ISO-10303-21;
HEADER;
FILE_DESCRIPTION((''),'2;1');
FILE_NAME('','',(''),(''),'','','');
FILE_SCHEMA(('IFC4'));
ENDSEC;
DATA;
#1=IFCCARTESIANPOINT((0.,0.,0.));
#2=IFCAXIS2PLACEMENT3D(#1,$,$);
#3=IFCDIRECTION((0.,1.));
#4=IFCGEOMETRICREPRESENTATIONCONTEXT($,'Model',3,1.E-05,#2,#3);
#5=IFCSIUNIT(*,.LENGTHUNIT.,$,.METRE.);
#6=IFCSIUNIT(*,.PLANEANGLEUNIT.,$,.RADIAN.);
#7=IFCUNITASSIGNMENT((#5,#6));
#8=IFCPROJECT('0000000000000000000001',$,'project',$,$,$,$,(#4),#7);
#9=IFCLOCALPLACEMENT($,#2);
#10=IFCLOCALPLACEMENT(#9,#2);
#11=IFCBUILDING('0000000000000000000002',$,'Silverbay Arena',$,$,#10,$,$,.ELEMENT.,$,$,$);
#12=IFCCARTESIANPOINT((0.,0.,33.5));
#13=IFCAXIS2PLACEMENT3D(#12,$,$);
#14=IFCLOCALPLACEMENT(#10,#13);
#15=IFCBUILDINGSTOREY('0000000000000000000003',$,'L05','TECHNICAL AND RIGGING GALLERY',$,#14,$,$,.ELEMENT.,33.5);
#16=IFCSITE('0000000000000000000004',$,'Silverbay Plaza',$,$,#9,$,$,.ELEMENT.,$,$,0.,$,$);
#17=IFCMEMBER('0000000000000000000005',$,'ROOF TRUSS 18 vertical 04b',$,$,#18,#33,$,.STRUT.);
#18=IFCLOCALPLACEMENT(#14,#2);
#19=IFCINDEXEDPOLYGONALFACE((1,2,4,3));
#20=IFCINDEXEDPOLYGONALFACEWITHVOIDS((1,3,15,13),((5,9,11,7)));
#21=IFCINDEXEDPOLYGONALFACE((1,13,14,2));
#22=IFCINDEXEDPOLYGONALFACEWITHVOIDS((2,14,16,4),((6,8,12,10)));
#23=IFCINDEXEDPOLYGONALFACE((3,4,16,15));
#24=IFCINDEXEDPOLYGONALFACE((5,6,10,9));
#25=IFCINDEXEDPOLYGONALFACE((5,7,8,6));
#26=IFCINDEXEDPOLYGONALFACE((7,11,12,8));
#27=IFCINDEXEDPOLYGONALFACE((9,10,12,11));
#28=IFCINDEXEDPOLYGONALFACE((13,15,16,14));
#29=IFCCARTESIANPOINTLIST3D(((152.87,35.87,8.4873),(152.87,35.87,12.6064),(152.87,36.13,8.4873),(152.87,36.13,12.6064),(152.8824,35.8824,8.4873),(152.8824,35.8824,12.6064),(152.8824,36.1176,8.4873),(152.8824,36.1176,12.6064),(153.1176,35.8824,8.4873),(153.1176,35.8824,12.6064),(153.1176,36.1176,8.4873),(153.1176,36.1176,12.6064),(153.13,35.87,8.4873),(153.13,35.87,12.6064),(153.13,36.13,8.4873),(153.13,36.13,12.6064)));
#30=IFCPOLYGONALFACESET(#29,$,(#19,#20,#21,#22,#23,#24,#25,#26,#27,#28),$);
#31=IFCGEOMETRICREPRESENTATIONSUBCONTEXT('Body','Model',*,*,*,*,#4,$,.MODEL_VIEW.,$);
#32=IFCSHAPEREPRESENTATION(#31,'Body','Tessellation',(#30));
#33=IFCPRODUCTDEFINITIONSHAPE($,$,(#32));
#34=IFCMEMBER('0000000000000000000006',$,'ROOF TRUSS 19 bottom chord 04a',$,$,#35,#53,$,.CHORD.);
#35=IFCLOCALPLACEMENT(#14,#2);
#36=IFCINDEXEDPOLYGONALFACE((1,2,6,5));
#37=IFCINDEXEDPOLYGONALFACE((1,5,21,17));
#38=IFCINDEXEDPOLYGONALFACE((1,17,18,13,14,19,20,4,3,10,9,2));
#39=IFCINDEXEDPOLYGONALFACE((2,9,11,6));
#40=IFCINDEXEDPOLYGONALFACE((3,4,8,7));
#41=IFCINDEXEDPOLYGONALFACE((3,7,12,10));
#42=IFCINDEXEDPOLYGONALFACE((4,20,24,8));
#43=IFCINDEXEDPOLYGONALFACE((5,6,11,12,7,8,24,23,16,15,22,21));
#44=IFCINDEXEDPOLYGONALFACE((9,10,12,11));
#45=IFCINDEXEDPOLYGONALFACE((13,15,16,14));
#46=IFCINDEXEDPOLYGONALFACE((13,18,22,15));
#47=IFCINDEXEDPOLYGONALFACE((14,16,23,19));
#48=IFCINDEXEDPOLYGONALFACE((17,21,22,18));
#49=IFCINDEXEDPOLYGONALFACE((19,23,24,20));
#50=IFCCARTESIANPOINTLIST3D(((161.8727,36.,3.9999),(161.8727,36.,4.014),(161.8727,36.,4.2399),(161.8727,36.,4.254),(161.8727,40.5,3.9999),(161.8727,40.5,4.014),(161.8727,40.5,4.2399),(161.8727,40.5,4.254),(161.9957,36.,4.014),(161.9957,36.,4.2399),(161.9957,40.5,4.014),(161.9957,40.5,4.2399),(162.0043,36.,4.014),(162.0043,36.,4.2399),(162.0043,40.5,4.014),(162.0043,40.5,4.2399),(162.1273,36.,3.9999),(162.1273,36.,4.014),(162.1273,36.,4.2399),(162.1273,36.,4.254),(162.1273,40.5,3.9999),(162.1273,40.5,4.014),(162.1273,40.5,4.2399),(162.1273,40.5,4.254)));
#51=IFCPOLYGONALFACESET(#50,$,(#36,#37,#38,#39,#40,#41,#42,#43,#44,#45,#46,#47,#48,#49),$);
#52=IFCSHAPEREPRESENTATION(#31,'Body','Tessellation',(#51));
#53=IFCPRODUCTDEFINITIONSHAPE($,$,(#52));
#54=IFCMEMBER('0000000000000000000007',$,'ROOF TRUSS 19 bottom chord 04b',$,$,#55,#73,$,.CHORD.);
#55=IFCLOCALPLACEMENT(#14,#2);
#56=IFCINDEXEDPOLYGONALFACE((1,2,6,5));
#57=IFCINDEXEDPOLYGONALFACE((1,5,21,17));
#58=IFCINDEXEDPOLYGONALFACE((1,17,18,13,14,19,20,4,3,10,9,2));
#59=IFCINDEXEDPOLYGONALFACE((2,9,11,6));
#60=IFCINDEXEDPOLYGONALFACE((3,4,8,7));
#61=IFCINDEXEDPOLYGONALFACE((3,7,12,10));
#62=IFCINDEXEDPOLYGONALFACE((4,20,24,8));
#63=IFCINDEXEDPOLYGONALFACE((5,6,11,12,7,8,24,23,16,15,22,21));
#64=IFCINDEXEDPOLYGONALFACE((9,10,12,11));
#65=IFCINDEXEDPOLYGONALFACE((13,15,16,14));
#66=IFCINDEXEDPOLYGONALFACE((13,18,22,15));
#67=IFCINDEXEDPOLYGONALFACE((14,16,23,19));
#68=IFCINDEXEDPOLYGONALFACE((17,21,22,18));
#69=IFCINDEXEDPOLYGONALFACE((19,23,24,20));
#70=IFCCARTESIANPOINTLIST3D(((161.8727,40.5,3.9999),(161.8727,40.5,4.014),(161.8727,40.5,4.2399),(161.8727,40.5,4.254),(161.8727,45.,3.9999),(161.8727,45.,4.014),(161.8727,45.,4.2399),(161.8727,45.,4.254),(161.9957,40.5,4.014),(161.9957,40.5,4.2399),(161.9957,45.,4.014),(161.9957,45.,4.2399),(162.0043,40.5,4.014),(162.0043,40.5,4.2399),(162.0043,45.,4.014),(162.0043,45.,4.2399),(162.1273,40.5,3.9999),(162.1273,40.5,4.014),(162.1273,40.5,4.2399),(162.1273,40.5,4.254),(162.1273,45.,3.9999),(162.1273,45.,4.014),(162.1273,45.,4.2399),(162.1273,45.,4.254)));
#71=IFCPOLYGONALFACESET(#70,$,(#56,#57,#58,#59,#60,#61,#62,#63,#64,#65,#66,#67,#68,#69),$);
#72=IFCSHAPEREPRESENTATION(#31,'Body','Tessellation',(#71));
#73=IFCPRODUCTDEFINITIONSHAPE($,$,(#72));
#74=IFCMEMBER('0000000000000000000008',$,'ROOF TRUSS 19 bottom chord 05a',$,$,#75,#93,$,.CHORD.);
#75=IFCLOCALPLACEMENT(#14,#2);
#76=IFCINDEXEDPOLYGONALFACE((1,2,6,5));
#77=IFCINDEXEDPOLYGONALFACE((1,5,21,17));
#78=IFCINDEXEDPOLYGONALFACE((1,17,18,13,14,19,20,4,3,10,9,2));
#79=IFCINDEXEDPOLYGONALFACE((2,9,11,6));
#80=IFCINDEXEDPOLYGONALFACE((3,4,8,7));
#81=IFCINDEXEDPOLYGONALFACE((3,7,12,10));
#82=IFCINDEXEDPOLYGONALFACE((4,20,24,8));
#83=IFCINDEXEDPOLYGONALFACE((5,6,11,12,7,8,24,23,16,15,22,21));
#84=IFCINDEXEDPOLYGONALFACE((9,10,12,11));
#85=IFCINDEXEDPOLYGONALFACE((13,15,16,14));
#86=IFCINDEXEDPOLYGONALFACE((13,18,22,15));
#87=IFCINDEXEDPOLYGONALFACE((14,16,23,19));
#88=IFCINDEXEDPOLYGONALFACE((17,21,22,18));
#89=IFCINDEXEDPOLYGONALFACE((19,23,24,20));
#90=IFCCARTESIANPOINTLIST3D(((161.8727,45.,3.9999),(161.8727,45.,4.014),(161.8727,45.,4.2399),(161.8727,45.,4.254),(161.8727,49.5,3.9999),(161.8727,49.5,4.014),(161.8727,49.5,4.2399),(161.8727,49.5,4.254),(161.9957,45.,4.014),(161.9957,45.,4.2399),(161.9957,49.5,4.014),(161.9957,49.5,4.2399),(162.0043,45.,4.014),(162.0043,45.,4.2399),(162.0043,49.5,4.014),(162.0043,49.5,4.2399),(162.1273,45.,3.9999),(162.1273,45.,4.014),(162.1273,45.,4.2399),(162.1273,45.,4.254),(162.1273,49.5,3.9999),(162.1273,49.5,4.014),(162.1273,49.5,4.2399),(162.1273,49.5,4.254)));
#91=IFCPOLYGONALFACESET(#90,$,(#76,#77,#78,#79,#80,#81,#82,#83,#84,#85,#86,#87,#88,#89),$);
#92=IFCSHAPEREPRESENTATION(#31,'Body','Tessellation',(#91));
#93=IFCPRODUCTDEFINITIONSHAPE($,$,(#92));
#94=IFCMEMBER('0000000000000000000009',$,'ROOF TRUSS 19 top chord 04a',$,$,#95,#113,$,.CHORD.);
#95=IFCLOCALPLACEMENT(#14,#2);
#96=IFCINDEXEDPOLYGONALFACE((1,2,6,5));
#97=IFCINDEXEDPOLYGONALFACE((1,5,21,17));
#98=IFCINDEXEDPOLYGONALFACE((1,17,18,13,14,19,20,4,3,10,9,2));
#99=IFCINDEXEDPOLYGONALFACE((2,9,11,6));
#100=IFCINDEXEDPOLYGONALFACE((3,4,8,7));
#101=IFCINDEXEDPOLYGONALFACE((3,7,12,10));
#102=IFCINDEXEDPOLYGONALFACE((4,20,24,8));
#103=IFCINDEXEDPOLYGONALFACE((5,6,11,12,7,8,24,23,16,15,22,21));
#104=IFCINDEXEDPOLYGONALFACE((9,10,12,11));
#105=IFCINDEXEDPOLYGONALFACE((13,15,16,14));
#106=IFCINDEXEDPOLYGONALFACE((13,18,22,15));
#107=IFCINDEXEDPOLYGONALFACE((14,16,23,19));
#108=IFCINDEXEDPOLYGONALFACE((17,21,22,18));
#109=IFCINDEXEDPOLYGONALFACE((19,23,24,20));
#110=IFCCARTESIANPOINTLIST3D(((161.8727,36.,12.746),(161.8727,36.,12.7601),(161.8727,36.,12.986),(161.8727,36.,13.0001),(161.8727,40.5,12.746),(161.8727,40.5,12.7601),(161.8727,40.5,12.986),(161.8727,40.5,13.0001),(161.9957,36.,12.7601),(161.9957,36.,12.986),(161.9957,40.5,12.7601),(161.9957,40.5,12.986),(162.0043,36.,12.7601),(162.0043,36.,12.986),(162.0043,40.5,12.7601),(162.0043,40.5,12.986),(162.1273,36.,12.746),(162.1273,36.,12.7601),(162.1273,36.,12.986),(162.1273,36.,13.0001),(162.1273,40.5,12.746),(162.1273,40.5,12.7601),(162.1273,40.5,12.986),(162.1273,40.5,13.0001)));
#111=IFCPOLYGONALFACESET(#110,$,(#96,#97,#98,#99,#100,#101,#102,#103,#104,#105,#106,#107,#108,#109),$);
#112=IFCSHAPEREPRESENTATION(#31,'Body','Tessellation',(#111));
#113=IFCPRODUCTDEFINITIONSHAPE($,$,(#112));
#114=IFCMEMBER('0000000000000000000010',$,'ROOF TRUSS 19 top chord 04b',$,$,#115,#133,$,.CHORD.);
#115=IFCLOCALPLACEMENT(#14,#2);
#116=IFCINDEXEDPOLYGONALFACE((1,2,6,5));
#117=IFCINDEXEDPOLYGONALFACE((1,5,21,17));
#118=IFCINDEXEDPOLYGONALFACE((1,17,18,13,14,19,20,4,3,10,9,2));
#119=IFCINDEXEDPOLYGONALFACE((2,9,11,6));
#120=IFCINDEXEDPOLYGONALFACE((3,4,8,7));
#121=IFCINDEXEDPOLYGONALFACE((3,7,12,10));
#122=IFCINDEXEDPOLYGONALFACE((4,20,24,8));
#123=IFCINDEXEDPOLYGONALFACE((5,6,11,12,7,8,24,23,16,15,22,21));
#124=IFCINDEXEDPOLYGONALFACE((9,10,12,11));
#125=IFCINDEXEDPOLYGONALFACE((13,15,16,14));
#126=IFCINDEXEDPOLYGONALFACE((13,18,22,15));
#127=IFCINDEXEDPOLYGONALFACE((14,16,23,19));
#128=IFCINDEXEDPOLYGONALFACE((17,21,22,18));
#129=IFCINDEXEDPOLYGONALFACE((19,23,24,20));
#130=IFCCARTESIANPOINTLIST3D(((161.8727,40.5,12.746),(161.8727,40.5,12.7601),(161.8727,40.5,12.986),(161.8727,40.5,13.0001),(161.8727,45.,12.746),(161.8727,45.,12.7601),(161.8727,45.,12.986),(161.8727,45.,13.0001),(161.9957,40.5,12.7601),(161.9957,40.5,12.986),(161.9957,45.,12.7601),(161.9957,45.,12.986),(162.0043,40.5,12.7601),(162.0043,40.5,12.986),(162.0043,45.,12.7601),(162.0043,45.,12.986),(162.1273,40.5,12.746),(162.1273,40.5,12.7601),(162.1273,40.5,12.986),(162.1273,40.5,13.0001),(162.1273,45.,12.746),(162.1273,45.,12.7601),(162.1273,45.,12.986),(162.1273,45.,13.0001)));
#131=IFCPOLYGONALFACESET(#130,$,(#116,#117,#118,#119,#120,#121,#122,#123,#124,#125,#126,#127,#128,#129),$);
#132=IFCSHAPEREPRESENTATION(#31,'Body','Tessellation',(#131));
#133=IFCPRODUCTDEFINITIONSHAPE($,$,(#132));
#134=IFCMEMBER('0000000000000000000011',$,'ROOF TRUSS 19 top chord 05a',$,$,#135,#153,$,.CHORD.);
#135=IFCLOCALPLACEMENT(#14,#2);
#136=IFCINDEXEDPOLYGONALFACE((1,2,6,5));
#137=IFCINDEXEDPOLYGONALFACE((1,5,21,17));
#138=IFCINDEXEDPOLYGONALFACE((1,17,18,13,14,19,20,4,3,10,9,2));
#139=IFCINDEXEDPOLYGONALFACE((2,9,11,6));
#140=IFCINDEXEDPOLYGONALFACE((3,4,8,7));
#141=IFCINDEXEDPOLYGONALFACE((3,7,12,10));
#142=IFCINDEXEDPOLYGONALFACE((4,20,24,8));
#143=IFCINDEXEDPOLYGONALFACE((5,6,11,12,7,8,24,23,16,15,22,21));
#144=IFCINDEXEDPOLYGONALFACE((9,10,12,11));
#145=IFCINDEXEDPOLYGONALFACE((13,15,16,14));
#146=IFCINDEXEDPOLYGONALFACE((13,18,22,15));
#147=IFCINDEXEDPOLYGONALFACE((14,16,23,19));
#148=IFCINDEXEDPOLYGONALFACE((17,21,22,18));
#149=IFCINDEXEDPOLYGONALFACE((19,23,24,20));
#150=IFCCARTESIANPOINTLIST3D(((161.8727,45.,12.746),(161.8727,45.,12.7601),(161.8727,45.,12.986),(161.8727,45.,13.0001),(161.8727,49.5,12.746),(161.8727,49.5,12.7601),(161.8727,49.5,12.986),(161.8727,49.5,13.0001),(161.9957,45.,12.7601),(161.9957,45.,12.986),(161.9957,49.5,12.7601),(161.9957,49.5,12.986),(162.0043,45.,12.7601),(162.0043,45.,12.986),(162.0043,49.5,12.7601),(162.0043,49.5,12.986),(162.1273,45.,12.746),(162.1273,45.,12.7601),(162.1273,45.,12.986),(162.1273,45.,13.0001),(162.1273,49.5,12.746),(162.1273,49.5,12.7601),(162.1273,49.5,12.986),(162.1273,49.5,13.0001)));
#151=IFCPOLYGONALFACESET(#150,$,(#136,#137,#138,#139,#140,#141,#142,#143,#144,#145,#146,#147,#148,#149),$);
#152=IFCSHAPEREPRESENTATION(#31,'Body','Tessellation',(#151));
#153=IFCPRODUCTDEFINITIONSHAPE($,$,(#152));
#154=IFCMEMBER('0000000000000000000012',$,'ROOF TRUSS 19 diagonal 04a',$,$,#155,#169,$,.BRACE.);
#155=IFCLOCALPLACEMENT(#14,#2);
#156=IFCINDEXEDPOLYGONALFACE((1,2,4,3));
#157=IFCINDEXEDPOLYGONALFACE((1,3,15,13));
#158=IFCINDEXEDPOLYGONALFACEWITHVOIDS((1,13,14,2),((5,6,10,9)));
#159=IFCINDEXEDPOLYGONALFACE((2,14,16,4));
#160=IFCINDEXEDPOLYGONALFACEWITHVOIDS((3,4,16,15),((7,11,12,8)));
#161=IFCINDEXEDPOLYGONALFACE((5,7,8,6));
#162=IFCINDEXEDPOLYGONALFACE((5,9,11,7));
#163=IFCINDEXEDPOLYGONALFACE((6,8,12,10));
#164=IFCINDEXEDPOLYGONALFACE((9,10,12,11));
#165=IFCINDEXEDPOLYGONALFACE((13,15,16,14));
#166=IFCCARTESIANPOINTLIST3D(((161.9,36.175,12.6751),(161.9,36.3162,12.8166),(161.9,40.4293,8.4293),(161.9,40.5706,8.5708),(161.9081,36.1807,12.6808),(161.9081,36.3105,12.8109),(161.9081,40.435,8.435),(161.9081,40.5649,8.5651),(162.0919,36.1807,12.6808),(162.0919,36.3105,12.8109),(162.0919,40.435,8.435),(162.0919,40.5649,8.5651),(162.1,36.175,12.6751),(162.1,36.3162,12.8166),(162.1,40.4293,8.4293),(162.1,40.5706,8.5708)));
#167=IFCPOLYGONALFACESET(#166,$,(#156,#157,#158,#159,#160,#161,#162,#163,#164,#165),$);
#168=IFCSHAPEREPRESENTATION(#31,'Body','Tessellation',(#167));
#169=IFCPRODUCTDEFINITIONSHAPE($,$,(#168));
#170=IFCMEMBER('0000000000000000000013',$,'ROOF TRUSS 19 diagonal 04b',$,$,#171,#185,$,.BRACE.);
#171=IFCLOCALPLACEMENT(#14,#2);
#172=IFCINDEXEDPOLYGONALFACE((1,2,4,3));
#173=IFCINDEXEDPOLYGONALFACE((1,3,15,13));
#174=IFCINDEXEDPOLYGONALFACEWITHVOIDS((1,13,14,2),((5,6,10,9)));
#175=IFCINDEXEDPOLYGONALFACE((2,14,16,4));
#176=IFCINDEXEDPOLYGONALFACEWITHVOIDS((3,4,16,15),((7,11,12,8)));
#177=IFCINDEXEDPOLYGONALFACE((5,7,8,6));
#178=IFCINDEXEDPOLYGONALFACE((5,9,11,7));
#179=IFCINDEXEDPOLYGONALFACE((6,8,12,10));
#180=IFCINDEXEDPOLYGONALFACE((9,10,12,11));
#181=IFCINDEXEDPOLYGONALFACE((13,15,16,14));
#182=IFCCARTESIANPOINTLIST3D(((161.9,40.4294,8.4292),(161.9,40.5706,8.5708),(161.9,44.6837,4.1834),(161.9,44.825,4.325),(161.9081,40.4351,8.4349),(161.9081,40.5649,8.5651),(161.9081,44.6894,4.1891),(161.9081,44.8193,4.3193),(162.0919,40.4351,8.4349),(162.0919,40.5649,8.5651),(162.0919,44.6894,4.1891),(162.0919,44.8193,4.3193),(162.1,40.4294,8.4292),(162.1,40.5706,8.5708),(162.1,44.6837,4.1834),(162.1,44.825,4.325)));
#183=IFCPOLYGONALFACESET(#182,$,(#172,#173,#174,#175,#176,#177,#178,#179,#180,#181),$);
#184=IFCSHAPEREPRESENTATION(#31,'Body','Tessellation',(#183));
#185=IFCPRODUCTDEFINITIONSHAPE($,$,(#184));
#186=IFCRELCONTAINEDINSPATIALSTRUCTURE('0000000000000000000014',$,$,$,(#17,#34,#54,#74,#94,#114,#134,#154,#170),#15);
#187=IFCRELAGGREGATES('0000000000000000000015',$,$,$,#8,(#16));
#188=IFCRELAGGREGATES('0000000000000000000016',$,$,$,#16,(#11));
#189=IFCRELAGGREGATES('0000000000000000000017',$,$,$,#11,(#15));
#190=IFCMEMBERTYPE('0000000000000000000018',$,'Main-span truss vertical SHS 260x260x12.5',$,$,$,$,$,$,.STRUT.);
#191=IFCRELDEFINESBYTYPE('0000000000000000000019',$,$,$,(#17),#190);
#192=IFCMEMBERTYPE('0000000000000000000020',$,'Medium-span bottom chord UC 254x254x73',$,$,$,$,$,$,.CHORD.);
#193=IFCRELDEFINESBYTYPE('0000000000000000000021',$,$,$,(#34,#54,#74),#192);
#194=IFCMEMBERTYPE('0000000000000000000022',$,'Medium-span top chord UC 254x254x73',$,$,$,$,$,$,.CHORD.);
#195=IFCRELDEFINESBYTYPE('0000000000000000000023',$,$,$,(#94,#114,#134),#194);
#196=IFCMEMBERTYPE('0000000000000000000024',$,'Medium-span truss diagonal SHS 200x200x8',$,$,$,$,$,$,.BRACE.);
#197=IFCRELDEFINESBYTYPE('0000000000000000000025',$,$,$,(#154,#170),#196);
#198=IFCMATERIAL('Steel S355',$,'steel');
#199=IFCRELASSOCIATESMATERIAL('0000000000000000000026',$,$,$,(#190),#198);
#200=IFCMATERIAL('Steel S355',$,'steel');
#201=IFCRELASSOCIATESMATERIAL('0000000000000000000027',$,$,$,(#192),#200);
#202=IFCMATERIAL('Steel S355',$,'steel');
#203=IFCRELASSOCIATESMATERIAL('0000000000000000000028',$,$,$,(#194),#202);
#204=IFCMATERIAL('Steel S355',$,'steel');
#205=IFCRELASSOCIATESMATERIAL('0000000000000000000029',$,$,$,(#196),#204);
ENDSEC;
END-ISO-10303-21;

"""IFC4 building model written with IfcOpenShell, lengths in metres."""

from ifc_helpers import new_model, si_unit, direction, frame, origin, origin_2d, place, context, subcontext, project, spatial, hollow_rectangle, i_section, extrude, material, material_profile, profile_set, type_object, element, save


model = new_model("IFC4")

# Units and contexts
model_context = context("Model", 3, precision=1e-05, world=origin(), true_north=direction((0.0, 1.0)))
body_context = subcontext(model_context, "Body", "Model", "MODEL_VIEW")
ifc_project = project(units=[si_unit("LENGTHUNIT", "METRE"), si_unit("PLANEANGLEUNIT", "RADIAN")], contexts=[model_context])

# Site, building, storey
site_placement = place(None, origin())
site = spatial("IfcSite", under=ifc_project, at=site_placement, Name="Silverbay Plaza", CompositionType="ELEMENT", RefElevation=0.0)
building_placement = place(site_placement, origin())
building = spatial("IfcBuilding", under=site, at=building_placement, Name="Silverbay Arena", CompositionType="ELEMENT")
storey_placement = place(building_placement, frame((0.0, 0.0, 33.5)))
storey = spatial("IfcBuildingStorey", under=building, at=storey_placement, Name="L05", Description="TECHNICAL AND RIGGING GALLERY", CompositionType="ELEMENT", Elevation=33.5)

# Members
ifc_material_1 = material(Name="Steel S355", Category="steel")
ifc_material_profile_1 = material_profile(ifc_material_1, hollow_rectangle(XDim=0.26, YDim=0.26, WallThickness=0.0125, at=origin_2d()), Name="SHS 260x260x12.5")
ifc_profile_set_1 = profile_set([ifc_material_profile_1], Name="Steel S355")
member_type_1 = type_object("IfcMemberType", Name="Main-span truss vertical SHS 260x260x12.5", PredefinedType="STRUT", material=ifc_profile_set_1)
for number, where, z_axis, x_axis, name in (
    (1, (153.0, 36.0, 8.4873), (0.0, 0.0, 1.0), (1.0, 0.0, 0.0), "ROOF TRUSS 18 vertical 04b"),
):
    element("IfcMember", number, at=place(storey_placement, frame(where, z_axis=z_axis, x_axis=x_axis)), inside=storey, type_object=member_type_1, Name=name, PredefinedType="STRUT", context=body_context, shape_type="SweptSolid", body=[
        extrude(hollow_rectangle(XDim=0.26, YDim=0.26, WallThickness=0.0125, at=origin_2d()), origin(), (0.0, 0.0, 1.0), 4.1191),
    ])
ifc_material_2 = material(Name="Steel S355", Category="steel")
ifc_material_profile_2 = material_profile(ifc_material_2, i_section(OverallWidth=0.2546, OverallDepth=0.2542, WebThickness=0.0085, FlangeThickness=0.0142, at=origin_2d()), Name="UC 254x254x73")
ifc_profile_set_2 = profile_set([ifc_material_profile_2], Name="Steel S355")
member_type_2 = type_object("IfcMemberType", Name="Medium-span bottom chord UC 254x254x73", PredefinedType="CHORD", material=ifc_profile_set_2)
for number, where, z_axis, x_axis, name in (
    (2, (162.0, 36.0, 4.127), (0.0, 1.0, 0.0), (-1.0, 0.0, 0.0), "ROOF TRUSS 19 bottom chord 04a"),
    (3, (162.0, 40.5, 4.127), (0.0, 1.0, 0.0), (-1.0, 0.0, 0.0), "ROOF TRUSS 19 bottom chord 04b"),
    (4, (162.0, 45.0, 4.127), (0.0, 1.0, 0.0), (-1.0, 0.0, 0.0), "ROOF TRUSS 19 bottom chord 05a"),
):
    element("IfcMember", number, at=place(storey_placement, frame(where, z_axis=z_axis, x_axis=x_axis)), inside=storey, type_object=member_type_2, Name=name, PredefinedType="CHORD", context=body_context, shape_type="SweptSolid", body=[
        extrude(i_section(OverallWidth=0.2546, OverallDepth=0.2542, WebThickness=0.0085, FlangeThickness=0.0142, at=origin_2d()), origin(), (0.0, 0.0, 1.0), 4.5),
    ])
ifc_material_3 = material(Name="Steel S355", Category="steel")
ifc_material_profile_3 = material_profile(ifc_material_3, i_section(OverallWidth=0.2546, OverallDepth=0.2542, WebThickness=0.0085, FlangeThickness=0.0142, at=origin_2d()), Name="UC 254x254x73")
ifc_profile_set_3 = profile_set([ifc_material_profile_3], Name="Steel S355")
member_type_3 = type_object("IfcMemberType", Name="Medium-span top chord UC 254x254x73", PredefinedType="CHORD", material=ifc_profile_set_3)
for number, where, z_axis, x_axis, name in (
    (5, (162.0, 36.0, 12.873), (0.0, 1.0, 0.0), (-1.0, 0.0, 0.0), "ROOF TRUSS 19 top chord 04a"),
    (6, (162.0, 40.5, 12.873), (0.0, 1.0, 0.0), (-1.0, 0.0, 0.0), "ROOF TRUSS 19 top chord 04b"),
    (7, (162.0, 45.0, 12.873), (0.0, 1.0, 0.0), (-1.0, 0.0, 0.0), "ROOF TRUSS 19 top chord 05a"),
):
    element("IfcMember", number, at=place(storey_placement, frame(where, z_axis=z_axis, x_axis=x_axis)), inside=storey, type_object=member_type_3, Name=name, PredefinedType="CHORD", context=body_context, shape_type="SweptSolid", body=[
        extrude(i_section(OverallWidth=0.2546, OverallDepth=0.2542, WebThickness=0.0085, FlangeThickness=0.0142, at=origin_2d()), origin(), (0.0, 0.0, 1.0), 4.5),
    ])
ifc_material_4 = material(Name="Steel S355", Category="steel")
ifc_material_profile_4 = material_profile(ifc_material_4, hollow_rectangle(XDim=0.2, YDim=0.2, WallThickness=0.0081, at=origin_2d()), Name="SHS 200x200x8")
ifc_profile_set_4 = profile_set([ifc_material_profile_4], Name="Steel S355")
member_type_4 = type_object("IfcMemberType", Name="Medium-span truss diagonal SHS 200x200x8", PredefinedType="BRACE", material=ifc_profile_set_4)
for number, where, z_axis, x_axis, name in (
    (8, (162.0, 36.2456, 12.7458), (0.0, 0.707817, -0.706396), (-1.0, 0.0, 0.0), "ROOF TRUSS 19 diagonal 04a"),
    (9, (162.0, 40.5, 8.5), (0.0, 0.707817, -0.706396), (-1.0, 0.0, 0.0), "ROOF TRUSS 19 diagonal 04b"),
):
    element("IfcMember", number, at=place(storey_placement, frame(where, z_axis=z_axis, x_axis=x_axis)), inside=storey, type_object=member_type_4, Name=name, PredefinedType="BRACE", context=body_context, shape_type="SweptSolid", body=[
        extrude(hollow_rectangle(XDim=0.2, YDim=0.2, WallThickness=0.0081, at=origin_2d()), origin(), (0.0, 0.0, 1.0), 6.0105),
    ])

save(model, "model.ifc")
